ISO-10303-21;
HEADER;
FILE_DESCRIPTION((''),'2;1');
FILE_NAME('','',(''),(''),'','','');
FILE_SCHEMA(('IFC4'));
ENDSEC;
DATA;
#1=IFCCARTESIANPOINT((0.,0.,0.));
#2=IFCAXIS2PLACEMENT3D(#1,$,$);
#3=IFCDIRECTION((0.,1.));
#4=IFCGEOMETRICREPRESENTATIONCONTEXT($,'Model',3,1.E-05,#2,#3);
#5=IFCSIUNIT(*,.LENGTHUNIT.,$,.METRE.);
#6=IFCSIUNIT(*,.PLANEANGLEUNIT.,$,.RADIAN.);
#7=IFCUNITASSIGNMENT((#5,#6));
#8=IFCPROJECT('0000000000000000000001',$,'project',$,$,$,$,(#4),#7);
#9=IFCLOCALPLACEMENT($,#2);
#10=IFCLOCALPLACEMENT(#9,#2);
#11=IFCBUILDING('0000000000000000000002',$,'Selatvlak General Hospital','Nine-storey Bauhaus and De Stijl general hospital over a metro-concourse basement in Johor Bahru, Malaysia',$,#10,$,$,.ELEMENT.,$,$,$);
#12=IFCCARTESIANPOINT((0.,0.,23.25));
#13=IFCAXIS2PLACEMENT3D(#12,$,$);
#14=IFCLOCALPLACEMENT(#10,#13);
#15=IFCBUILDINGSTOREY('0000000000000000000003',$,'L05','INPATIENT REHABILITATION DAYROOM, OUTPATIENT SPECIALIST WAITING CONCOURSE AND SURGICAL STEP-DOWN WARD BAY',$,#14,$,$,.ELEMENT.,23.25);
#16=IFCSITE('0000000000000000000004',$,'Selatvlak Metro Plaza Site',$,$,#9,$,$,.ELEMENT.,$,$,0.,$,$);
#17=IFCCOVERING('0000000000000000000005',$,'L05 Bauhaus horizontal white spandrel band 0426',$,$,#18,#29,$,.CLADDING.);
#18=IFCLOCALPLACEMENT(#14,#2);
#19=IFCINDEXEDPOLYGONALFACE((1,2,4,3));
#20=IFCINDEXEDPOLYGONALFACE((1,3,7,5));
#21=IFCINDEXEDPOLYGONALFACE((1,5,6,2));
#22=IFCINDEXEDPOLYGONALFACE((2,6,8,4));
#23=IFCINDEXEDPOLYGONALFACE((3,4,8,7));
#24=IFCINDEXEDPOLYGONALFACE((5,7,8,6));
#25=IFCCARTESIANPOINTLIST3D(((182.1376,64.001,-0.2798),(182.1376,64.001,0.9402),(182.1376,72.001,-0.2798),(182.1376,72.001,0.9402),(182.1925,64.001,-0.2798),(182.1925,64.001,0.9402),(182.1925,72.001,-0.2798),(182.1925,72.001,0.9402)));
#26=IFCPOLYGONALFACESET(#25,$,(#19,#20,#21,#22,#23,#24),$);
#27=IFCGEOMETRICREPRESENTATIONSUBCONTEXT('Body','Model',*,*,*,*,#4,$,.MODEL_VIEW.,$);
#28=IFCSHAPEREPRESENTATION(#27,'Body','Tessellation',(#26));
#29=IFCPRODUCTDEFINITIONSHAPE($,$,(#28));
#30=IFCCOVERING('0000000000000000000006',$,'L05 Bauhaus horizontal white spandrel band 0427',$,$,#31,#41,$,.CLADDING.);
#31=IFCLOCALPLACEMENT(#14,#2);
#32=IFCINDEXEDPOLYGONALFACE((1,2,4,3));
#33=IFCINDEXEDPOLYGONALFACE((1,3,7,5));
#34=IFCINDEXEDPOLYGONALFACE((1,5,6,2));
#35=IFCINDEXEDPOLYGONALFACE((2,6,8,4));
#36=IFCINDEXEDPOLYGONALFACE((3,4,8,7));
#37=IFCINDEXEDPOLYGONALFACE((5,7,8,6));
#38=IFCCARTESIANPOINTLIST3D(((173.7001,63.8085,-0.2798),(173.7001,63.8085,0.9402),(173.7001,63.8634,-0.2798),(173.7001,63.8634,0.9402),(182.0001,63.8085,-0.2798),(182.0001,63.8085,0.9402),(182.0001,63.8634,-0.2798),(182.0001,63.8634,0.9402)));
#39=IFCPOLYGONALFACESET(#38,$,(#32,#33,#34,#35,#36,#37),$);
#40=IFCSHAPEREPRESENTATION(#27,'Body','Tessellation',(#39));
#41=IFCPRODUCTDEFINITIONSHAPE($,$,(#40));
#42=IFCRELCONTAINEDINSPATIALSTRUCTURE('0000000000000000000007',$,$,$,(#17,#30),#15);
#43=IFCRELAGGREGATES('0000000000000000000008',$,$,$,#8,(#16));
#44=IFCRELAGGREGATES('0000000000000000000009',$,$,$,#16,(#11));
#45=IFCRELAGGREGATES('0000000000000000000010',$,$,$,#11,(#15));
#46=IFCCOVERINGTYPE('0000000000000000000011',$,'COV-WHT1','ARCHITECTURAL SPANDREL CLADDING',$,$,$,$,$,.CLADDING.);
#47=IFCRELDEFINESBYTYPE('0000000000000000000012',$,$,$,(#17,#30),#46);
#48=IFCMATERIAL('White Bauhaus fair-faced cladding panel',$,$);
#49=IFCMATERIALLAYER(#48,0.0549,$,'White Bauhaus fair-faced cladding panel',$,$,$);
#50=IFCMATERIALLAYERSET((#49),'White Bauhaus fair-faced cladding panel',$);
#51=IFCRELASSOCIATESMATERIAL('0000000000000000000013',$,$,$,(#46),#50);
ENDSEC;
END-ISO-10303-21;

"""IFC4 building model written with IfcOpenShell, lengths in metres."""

from ifc_helpers import new_model, si_unit, direction, frame, origin, origin_2d, place, context, subcontext, project, spatial, rectangle, extrude, material, layer, layer_set, type_object, element, save


model = new_model("IFC4")

# Units and contexts
model_context = context("Model", 3, precision=1e-05, world=origin(), true_north=direction((0.0, 1.0)))
body_context = subcontext(model_context, "Body", "Model", "MODEL_VIEW")
ifc_project = project(units=[si_unit("LENGTHUNIT", "METRE"), si_unit("PLANEANGLEUNIT", "RADIAN")], contexts=[model_context])

# Site, building, storey
site_placement = place(None, origin())
site = spatial("IfcSite", under=ifc_project, at=site_placement, Name="Selatvlak Metro Plaza Site", CompositionType="ELEMENT", RefElevation=0.0)
building_placement = place(site_placement, origin())
building = spatial("IfcBuilding", under=site, at=building_placement, Name="Selatvlak General Hospital", Description="Nine-storey Bauhaus and De Stijl general hospital over a metro-concourse basement in Johor Bahru, Malaysia", CompositionType="ELEMENT")
storey_placement = place(building_placement, frame((0.0, 0.0, 23.25)))
storey = spatial("IfcBuildingStorey", under=building, at=storey_placement, Name="L05", Description="INPATIENT REHABILITATION DAYROOM, OUTPATIENT SPECIALIST WAITING CONCOURSE AND SURGICAL STEP-DOWN WARD BAY", CompositionType="ELEMENT", Elevation=23.25)

# Coverings
ifc_material_1 = material(Name="White Bauhaus fair-faced cladding panel")
ifc_layer_1 = layer(ifc_material_1, 0.0549, Name="White Bauhaus fair-faced cladding panel")
ifc_layer_set_1 = layer_set([ifc_layer_1], Name="White Bauhaus fair-faced cladding panel")
covering_type = type_object("IfcCoveringType", Name="COV-WHT1", Description="ARCHITECTURAL SPANDREL CLADDING", PredefinedType="CLADDING", material=ifc_layer_set_1)
covering_1_placement = place(storey_placement, frame((182.165, 68.001, -0.2798), z_axis=(0.0, 0.0, 1.0), x_axis=(0.0, -1.0, 0.0)))
element("IfcCovering", 1, at=covering_1_placement, inside=storey, type_object=covering_type, Name="L05 Bauhaus horizontal white spandrel band 0426", PredefinedType="CLADDING", context=body_context, shape_type="SweptSolid", body=[
    extrude(rectangle(XDim=8.0, YDim=0.0549, at=origin_2d()), origin(), (0.0, 0.0, 1.0), 1.22),
])
covering_2_placement = place(storey_placement, frame((177.8501, 63.8359, -0.2798), z_axis=(0.0, 0.0, 1.0), x_axis=(-1.0, 0.0, 0.0)))
element("IfcCovering", 2, at=covering_2_placement, inside=storey, type_object=covering_type, Name="L05 Bauhaus horizontal white spandrel band 0427", PredefinedType="CLADDING", context=body_context, shape_type="SweptSolid", body=[
    extrude(rectangle(XDim=8.3, YDim=0.0549, at=origin_2d()), origin(), (0.0, 0.0, 1.0), 1.22),
])

save(model, "model.ifc")
